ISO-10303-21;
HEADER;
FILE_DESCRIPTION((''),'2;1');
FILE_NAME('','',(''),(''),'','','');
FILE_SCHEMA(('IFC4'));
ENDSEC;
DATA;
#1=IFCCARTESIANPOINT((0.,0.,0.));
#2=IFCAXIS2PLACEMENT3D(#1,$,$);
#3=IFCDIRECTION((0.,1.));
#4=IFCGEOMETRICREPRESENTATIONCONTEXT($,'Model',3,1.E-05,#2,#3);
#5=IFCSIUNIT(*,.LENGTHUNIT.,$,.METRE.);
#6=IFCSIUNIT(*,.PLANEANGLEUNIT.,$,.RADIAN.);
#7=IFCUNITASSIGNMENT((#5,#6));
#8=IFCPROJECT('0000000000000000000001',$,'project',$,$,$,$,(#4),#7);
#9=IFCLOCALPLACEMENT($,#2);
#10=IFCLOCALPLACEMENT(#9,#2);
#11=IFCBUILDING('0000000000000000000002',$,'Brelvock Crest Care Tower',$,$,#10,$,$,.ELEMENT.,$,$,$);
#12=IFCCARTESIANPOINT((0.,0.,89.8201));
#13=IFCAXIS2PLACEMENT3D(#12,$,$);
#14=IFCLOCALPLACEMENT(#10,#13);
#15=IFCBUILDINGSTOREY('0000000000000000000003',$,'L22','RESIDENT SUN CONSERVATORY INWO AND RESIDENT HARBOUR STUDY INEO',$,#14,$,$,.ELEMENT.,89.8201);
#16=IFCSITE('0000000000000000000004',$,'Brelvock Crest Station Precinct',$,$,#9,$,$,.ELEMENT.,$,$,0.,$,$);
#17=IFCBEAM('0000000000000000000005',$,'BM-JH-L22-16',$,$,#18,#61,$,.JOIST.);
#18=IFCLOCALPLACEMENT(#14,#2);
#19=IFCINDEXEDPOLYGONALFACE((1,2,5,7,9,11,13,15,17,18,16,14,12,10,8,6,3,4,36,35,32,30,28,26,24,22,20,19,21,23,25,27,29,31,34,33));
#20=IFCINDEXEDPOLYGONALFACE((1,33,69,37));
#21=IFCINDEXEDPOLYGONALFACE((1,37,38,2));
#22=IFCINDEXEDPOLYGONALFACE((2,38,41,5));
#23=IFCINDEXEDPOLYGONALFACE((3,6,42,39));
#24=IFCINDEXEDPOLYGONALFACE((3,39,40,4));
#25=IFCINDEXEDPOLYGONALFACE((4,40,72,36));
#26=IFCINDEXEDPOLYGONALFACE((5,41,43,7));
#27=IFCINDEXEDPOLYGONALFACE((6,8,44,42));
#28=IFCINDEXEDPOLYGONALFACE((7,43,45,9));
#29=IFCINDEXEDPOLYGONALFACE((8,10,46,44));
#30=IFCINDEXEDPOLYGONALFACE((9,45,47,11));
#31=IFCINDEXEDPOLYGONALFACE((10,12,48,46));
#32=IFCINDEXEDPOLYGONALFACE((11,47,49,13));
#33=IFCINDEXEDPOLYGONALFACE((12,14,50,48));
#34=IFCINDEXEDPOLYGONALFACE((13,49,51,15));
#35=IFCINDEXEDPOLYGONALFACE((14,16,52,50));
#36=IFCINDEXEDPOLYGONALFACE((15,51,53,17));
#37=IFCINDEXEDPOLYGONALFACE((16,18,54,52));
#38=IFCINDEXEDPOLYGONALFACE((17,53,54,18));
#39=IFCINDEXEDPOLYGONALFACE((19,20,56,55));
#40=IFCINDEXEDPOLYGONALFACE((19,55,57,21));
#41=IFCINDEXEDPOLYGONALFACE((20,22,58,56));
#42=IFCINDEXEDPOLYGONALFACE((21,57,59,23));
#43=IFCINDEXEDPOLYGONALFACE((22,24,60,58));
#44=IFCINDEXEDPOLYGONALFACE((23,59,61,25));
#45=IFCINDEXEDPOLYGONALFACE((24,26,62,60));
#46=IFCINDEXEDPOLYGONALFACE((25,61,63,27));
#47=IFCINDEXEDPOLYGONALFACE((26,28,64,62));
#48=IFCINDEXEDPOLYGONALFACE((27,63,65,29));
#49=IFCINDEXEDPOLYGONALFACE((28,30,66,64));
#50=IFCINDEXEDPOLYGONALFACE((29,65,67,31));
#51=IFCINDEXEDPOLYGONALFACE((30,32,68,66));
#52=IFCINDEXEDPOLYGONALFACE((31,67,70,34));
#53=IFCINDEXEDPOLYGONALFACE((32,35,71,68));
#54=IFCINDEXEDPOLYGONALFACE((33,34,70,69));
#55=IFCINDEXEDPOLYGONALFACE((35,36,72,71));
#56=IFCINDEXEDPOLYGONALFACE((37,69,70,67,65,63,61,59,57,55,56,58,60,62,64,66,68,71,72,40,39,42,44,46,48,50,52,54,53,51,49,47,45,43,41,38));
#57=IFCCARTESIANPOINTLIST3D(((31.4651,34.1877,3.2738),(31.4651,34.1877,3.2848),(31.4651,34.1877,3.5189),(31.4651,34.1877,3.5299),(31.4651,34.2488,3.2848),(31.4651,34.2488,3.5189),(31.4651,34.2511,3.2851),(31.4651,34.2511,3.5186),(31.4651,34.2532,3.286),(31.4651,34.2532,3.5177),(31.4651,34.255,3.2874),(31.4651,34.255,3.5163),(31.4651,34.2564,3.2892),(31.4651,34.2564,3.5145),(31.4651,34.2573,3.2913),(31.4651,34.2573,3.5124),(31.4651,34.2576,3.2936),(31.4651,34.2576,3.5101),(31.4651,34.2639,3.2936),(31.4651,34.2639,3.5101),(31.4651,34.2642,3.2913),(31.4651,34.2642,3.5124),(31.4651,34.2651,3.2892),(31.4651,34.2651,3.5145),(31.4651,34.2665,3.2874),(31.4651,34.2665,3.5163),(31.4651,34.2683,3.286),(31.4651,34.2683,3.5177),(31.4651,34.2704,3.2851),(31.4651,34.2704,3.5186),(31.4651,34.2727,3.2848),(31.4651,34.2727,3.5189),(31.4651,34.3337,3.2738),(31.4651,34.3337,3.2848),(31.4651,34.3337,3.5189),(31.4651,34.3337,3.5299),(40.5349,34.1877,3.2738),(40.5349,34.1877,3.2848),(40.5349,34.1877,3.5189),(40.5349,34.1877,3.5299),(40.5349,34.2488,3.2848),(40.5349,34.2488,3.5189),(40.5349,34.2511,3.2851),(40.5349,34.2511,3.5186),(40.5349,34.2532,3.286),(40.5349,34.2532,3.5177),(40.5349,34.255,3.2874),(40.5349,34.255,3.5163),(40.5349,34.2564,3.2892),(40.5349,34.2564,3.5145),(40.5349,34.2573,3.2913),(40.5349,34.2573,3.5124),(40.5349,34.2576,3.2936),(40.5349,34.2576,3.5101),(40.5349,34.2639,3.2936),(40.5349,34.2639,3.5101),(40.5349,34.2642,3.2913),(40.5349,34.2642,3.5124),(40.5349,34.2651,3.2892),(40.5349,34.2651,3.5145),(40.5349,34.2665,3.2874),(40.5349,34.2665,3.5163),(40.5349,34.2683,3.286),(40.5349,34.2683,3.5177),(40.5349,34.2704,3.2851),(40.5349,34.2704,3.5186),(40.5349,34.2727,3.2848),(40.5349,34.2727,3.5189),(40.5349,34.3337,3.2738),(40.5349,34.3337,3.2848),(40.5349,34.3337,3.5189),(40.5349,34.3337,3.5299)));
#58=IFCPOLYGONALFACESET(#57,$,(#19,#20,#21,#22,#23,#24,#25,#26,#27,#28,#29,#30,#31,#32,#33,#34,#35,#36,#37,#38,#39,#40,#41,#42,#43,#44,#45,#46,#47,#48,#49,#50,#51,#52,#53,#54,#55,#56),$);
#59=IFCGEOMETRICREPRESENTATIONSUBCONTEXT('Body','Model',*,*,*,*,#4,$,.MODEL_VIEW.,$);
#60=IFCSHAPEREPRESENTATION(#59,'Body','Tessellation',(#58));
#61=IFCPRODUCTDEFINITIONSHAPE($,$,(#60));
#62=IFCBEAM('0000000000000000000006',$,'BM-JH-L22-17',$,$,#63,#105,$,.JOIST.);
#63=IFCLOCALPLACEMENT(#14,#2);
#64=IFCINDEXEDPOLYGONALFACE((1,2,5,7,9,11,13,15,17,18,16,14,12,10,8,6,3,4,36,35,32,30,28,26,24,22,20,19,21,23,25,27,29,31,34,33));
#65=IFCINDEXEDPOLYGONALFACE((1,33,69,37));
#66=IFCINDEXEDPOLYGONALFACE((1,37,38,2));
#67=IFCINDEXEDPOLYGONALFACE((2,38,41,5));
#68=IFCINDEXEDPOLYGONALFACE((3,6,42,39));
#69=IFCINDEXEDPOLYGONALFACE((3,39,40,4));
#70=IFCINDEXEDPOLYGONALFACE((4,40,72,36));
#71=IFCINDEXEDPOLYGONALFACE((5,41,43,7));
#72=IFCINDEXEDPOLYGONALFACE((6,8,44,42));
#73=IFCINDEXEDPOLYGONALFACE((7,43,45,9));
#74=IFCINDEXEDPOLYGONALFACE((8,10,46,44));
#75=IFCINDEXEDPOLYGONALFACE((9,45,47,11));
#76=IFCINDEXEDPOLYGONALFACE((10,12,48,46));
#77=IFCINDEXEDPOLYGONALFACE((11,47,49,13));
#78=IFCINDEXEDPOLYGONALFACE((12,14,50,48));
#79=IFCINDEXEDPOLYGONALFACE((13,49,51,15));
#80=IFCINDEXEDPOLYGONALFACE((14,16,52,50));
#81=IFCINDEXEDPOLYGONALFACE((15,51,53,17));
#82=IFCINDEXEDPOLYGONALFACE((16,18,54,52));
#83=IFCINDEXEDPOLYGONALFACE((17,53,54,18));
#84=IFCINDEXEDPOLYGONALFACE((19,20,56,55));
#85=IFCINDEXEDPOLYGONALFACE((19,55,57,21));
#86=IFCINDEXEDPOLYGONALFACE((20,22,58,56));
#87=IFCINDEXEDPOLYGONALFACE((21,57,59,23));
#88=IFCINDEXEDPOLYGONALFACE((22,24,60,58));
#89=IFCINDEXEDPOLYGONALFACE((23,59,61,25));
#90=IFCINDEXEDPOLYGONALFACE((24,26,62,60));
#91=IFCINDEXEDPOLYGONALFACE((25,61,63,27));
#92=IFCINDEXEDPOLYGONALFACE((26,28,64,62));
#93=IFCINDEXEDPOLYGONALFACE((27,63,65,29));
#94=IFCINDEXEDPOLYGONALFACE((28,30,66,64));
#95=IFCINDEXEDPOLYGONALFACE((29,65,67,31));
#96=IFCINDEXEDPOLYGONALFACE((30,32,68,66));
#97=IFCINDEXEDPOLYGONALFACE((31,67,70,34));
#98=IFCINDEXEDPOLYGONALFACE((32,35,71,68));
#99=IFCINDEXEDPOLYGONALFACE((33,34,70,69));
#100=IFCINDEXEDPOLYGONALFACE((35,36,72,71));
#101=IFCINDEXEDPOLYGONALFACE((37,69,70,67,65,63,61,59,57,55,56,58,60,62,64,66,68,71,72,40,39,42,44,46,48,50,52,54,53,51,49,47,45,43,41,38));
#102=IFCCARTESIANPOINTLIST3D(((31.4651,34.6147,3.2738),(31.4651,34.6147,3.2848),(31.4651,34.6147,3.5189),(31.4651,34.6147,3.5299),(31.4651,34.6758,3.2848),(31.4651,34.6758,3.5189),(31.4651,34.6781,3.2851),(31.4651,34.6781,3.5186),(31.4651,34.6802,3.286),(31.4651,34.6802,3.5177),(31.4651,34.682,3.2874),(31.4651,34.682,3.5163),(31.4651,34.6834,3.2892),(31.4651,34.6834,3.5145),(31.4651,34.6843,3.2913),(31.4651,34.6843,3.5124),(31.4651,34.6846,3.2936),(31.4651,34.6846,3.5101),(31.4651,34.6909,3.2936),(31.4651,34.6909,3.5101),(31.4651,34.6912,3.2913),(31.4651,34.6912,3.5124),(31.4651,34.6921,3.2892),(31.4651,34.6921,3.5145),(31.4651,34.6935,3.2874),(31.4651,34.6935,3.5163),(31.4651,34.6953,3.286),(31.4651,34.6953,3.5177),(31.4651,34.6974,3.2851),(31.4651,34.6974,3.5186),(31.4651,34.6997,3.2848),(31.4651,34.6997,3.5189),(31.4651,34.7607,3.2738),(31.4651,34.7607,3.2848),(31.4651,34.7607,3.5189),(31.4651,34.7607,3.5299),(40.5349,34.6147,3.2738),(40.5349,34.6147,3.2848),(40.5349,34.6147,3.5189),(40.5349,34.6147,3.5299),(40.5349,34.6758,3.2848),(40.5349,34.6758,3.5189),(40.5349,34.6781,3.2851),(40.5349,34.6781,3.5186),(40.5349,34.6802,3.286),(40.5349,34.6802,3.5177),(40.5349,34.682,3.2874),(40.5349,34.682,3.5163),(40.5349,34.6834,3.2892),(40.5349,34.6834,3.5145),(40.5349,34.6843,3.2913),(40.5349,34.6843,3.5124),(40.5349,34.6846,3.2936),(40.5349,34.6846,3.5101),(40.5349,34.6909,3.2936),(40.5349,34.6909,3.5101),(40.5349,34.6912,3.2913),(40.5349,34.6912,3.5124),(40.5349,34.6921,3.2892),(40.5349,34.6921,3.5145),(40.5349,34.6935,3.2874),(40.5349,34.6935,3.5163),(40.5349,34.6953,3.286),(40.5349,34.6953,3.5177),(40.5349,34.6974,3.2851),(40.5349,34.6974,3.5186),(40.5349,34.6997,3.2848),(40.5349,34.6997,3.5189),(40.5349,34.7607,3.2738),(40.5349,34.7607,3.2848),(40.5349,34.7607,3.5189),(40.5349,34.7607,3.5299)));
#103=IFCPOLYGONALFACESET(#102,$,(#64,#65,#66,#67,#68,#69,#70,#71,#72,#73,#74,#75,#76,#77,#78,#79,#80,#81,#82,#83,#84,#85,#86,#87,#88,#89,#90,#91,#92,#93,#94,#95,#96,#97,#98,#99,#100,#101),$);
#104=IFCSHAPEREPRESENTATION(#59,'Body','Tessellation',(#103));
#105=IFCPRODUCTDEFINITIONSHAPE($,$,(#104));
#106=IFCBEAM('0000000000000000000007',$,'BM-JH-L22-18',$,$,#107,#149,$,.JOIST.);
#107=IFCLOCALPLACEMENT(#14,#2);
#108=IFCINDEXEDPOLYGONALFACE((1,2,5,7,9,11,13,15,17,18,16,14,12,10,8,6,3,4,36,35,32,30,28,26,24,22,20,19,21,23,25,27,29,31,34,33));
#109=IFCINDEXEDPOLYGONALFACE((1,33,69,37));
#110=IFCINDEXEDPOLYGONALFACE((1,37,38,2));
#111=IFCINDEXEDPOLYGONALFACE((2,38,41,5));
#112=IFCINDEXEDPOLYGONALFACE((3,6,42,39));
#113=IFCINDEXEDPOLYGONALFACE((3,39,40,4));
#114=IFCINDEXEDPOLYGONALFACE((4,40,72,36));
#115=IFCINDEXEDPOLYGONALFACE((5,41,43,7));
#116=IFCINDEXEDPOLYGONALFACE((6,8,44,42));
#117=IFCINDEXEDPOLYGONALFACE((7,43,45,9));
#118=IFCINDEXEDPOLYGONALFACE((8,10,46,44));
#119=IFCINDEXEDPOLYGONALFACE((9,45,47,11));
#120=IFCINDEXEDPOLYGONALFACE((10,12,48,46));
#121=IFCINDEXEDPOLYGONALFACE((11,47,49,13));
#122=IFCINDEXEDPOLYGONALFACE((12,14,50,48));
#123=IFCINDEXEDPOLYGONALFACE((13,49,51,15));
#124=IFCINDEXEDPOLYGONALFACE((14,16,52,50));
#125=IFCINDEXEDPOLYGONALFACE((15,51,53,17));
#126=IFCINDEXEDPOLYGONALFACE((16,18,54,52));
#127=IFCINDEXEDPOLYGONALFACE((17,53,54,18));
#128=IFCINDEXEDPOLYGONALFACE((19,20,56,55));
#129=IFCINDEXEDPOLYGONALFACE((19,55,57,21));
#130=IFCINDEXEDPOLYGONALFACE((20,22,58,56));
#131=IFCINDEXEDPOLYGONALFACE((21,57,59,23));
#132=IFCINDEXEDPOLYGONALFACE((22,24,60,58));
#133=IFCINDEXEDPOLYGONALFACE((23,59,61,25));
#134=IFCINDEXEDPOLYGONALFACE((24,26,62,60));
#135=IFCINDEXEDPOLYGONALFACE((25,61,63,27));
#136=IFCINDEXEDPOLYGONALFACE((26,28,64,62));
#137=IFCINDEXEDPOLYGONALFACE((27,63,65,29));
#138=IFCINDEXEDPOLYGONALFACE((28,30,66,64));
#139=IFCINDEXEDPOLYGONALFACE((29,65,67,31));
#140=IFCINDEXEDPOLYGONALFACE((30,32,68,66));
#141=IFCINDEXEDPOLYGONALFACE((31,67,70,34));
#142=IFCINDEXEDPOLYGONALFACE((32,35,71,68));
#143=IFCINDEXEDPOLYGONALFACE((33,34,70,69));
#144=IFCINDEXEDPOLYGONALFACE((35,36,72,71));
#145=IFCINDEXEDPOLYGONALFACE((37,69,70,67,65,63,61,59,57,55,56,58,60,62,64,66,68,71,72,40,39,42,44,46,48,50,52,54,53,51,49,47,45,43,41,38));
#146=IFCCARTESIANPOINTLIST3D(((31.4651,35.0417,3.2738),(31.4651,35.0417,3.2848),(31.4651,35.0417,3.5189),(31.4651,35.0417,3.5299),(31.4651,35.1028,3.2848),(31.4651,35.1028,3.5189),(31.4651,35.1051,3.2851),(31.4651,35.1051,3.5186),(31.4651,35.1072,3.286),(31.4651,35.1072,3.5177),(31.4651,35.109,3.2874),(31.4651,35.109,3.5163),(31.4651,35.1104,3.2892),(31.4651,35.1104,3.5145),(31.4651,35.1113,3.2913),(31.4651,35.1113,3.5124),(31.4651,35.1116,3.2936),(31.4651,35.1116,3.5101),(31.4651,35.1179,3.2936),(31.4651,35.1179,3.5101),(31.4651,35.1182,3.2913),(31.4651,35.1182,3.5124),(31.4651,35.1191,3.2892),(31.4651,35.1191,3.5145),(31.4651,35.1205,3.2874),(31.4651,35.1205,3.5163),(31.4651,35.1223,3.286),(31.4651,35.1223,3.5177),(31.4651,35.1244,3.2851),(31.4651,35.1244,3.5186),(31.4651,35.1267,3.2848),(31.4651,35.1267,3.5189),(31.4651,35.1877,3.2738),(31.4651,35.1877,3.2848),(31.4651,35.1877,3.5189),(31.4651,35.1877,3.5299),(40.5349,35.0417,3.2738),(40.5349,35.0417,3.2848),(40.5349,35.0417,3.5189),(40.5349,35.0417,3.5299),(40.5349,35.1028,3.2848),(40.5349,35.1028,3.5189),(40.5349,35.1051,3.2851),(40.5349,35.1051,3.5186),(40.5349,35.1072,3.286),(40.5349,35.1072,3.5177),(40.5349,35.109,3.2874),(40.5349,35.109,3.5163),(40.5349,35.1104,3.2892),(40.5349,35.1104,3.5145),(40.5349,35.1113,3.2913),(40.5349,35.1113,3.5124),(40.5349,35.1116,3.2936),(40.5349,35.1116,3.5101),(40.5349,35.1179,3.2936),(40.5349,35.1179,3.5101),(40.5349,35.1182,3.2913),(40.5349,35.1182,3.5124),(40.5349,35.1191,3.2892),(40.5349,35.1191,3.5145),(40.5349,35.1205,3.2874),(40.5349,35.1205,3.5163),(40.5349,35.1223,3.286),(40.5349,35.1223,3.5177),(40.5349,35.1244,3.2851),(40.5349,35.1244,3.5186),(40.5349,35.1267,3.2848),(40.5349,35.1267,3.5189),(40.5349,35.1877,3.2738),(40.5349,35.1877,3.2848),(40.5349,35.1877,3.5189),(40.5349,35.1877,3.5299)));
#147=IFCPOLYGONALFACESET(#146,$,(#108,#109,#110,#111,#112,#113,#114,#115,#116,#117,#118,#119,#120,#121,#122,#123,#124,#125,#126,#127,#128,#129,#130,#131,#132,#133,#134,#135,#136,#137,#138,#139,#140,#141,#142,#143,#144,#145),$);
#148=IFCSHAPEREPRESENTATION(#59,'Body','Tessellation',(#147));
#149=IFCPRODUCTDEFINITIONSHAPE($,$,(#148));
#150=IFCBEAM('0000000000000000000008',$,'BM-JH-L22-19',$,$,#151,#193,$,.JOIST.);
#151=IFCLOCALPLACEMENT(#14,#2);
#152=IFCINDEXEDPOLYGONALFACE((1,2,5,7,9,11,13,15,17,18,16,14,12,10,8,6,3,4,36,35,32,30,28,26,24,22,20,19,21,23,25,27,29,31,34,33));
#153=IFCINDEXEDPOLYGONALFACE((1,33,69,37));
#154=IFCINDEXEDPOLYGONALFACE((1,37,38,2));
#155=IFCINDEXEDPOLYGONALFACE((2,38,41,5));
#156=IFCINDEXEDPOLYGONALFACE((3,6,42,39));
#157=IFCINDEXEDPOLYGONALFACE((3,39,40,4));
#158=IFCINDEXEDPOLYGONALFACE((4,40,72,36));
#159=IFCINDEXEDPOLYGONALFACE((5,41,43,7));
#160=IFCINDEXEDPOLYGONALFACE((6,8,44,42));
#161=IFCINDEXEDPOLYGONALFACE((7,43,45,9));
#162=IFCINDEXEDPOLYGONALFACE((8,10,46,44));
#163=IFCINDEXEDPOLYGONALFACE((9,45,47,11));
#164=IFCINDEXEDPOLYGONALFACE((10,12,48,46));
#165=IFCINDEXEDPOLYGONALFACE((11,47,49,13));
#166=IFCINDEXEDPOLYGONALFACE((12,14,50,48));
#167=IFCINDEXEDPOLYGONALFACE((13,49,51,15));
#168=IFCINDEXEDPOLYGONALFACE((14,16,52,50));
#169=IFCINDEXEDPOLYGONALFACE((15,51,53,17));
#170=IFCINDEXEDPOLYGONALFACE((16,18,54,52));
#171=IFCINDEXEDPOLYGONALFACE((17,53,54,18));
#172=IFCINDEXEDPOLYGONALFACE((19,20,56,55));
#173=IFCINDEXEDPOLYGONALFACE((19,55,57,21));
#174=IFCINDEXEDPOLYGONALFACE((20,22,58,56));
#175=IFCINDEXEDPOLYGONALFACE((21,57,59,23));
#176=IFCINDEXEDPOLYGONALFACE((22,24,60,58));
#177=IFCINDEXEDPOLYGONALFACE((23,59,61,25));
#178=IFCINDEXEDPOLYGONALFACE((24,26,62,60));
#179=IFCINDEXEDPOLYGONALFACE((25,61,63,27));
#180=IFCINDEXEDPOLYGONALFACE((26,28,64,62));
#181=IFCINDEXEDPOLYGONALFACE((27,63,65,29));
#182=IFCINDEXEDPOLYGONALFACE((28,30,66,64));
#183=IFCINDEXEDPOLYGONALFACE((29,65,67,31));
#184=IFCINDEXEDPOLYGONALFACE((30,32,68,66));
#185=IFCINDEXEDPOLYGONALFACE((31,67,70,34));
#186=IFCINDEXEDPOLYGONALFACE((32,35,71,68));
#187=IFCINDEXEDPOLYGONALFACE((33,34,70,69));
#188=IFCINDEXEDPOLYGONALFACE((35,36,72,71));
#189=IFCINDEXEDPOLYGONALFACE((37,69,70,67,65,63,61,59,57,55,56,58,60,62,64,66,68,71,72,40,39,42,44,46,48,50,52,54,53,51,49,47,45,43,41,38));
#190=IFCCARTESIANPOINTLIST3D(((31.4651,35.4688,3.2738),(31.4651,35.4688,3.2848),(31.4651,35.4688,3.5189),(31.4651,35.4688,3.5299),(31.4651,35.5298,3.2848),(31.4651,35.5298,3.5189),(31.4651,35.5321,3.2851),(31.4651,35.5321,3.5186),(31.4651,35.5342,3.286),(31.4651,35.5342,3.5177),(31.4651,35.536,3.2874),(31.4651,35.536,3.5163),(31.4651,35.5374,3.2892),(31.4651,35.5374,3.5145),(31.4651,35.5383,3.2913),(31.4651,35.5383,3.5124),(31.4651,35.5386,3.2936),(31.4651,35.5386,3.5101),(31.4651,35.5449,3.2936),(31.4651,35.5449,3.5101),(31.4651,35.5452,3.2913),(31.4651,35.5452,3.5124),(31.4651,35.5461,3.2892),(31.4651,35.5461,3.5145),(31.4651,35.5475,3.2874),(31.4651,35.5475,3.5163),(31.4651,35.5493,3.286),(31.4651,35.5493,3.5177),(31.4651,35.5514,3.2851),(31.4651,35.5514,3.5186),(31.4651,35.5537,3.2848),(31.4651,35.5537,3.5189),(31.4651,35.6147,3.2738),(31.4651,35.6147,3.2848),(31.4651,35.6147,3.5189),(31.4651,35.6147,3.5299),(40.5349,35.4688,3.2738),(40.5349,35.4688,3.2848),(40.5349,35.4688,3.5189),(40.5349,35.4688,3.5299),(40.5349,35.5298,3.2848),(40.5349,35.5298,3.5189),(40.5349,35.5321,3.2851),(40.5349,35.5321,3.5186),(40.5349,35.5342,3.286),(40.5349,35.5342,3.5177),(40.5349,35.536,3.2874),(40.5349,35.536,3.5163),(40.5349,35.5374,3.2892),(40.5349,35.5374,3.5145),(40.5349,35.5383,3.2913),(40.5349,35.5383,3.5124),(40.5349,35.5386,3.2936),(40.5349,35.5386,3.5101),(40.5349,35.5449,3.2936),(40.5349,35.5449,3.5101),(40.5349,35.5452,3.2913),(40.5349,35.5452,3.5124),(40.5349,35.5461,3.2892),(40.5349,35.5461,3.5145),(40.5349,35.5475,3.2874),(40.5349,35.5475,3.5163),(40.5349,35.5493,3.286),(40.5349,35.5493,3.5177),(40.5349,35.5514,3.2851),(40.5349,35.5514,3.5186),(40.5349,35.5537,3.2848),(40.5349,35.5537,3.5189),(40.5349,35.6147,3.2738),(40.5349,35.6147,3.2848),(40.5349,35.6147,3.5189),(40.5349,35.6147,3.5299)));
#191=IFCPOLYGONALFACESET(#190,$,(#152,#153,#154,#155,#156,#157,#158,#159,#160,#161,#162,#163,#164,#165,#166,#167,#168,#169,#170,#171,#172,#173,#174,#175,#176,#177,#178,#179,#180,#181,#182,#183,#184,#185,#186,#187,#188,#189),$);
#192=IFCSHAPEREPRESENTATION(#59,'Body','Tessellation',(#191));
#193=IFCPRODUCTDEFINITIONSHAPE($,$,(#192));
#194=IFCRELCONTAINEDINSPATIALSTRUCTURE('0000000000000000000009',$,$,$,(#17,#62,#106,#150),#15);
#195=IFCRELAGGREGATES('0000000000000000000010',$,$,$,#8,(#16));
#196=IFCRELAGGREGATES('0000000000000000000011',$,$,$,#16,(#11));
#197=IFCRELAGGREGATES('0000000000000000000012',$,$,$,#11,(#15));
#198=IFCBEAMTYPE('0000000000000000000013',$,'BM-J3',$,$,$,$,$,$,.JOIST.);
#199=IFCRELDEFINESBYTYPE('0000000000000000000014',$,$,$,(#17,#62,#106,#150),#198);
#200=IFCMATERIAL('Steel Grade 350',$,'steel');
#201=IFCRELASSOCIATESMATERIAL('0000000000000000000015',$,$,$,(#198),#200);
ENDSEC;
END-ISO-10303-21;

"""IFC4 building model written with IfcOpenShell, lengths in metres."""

from ifc_helpers import new_model, si_unit, direction, frame, origin, origin_2d, place, context, subcontext, project, spatial, i_section, extrude, source, transform, mapped, material, material_profile, profile_set, type_object, element, save


model = new_model("IFC4")

# Units and contexts
model_context = context("Model", 3, precision=1e-05, world=origin(), true_north=direction((0.0, 1.0)))
body_context = subcontext(model_context, "Body", "Model", "MODEL_VIEW")
ifc_project = project(units=[si_unit("LENGTHUNIT", "METRE"), si_unit("PLANEANGLEUNIT", "RADIAN")], contexts=[model_context])

# Site, building, storey
site_placement = place(None, origin())
site = spatial("IfcSite", under=ifc_project, at=site_placement, Name="Brelvock Crest Station Precinct", CompositionType="ELEMENT", RefElevation=0.0)
building_placement = place(site_placement, origin())
building = spatial("IfcBuilding", under=site, at=building_placement, Name="Brelvock Crest Care Tower", CompositionType="ELEMENT")
storey_placement = place(building_placement, frame((0.0, 0.0, 89.8201)))
storey = spatial("IfcBuildingStorey", under=building, at=storey_placement, Name="L22", Description="RESIDENT SUN CONSERVATORY INWO AND RESIDENT HARBOUR STUDY INEO", CompositionType="ELEMENT", Elevation=89.8201)

# Beams
ifc_material_1 = material(Name="Steel Grade 350", Category="steel")
ifc_material_profile_1 = material_profile(ifc_material_1, i_section(OverallWidth=0.146, OverallDepth=0.2561, WebThickness=0.0063, FlangeThickness=0.011, FilletRadius=0.0088, at=origin_2d()), Name="250UB37.3")
ifc_profile_set_1 = profile_set([ifc_material_profile_1], Name="Steel Grade 350")
beam_type_1 = type_object("IfcBeamType", Name="BM-J3", PredefinedType="JOIST", material=ifc_profile_set_1)
shared_shape_1 = source(origin(), body_context, "Body", "SweptSolid", [
    extrude(i_section(OverallWidth=0.146, OverallDepth=0.2561, WebThickness=0.0063, FlangeThickness=0.011, FilletRadius=0.0088, at=origin_2d()), origin(), (0.0, 0.0, 1.0), 9.0698),
])
for number, where, z_axis, x_axis, name in (
    (1, (31.4651, 34.2607, 3.4019), (1.0, 0.0, 0.0), (0.0, 1.0, 0.0), "BM-JH-L22-16"),
    (2, (31.4651, 34.6877, 3.4019), (1.0, 0.0, 0.0), (0.0, 1.0, 0.0), "BM-JH-L22-17"),
    (3, (31.4651, 35.1147, 3.4019), (1.0, 0.0, 0.0), (0.0, 1.0, 0.0), "BM-JH-L22-18"),
    (4, (31.4651, 35.5417, 3.4019), (1.0, 0.0, 0.0), (0.0, 1.0, 0.0), "BM-JH-L22-19"),
):
    element("IfcBeam", number, at=place(storey_placement, frame(where, z_axis=z_axis, x_axis=x_axis)), inside=storey, type_object=beam_type_1, Name=name, PredefinedType="JOIST", context=body_context, shape_type="MappedRepresentation", body=[
        mapped(shared_shape_1, transform((0.0, 0.0, 0.0), x_axis=(1.0, 0.0, 0.0), y_axis=(0.0, 1.0, 0.0), z_axis=(0.0, 0.0, 1.0), scale=1.0)),
    ])

save(model, "model.ifc")
